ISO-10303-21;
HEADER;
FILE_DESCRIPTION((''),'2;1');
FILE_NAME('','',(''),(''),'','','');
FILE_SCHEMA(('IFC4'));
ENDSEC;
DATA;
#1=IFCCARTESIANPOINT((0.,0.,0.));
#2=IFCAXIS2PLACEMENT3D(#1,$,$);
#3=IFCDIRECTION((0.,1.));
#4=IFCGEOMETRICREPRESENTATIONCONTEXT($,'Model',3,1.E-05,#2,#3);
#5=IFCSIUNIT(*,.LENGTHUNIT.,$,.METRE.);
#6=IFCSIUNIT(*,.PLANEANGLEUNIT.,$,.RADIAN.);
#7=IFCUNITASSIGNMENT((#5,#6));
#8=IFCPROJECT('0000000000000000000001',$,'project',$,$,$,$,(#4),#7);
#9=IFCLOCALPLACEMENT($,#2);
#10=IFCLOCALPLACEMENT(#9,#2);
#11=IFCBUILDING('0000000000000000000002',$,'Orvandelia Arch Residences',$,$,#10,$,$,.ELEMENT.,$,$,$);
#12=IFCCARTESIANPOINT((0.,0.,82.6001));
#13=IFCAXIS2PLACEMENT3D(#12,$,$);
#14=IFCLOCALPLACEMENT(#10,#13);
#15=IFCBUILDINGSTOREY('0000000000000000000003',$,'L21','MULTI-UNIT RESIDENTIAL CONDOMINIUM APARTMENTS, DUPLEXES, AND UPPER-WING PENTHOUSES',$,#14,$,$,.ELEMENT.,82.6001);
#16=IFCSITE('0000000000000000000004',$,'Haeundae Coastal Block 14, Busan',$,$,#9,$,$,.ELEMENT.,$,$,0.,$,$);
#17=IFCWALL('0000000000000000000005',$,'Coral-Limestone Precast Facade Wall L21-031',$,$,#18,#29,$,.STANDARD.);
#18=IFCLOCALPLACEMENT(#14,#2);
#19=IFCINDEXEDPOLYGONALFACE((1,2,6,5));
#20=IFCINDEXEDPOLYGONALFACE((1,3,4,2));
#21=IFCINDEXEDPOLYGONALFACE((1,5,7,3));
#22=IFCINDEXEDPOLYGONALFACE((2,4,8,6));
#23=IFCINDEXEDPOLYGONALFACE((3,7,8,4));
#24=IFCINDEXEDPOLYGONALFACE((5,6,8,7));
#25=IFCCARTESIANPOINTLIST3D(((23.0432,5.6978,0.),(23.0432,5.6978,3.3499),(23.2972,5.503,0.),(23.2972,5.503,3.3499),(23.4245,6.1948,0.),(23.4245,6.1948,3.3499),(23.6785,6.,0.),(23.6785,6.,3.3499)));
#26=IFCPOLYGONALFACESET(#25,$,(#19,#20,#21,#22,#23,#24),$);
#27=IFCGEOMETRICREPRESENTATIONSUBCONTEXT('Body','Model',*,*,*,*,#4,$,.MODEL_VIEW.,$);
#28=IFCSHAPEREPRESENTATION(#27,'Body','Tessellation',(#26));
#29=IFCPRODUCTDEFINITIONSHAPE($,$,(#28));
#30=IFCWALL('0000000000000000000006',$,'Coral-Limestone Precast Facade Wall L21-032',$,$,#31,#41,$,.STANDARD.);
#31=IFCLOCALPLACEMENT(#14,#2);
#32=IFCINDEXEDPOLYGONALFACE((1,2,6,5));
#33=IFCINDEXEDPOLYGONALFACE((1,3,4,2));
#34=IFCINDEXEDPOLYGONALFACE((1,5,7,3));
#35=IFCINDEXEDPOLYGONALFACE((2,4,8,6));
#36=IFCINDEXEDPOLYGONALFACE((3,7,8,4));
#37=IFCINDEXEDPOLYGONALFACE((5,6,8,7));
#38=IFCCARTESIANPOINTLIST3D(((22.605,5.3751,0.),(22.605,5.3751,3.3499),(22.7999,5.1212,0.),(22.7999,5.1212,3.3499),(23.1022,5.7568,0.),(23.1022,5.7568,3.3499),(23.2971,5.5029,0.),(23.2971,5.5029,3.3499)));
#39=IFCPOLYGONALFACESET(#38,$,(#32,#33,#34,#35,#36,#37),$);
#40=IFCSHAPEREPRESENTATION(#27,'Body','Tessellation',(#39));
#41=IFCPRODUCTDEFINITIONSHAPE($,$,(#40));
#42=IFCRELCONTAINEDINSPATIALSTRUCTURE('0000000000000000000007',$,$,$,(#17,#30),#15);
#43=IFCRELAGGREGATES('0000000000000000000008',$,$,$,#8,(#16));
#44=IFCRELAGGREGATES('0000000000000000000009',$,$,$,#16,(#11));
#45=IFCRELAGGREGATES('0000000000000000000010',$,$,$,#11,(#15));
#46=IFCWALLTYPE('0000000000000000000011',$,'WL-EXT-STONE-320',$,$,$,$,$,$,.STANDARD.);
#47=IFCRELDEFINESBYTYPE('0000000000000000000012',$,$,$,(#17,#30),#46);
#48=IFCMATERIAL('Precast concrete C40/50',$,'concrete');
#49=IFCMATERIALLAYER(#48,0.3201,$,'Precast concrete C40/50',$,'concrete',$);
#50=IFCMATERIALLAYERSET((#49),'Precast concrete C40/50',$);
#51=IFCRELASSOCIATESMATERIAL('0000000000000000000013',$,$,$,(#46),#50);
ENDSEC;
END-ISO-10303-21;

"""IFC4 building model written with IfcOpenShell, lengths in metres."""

from ifc_helpers import new_model, si_unit, direction, frame, frame_2d, origin, place, context, subcontext, project, spatial, rectangle, extrude, material, layer, layer_set, type_object, element, save


model = new_model("IFC4")

# Units and contexts
model_context = context("Model", 3, precision=1e-05, world=origin(), true_north=direction((0.0, 1.0)))
body_context = subcontext(model_context, "Body", "Model", "MODEL_VIEW")
ifc_project = project(units=[si_unit("LENGTHUNIT", "METRE"), si_unit("PLANEANGLEUNIT", "RADIAN")], contexts=[model_context])

# Site, building, storey
site_placement = place(None, origin())
site = spatial("IfcSite", under=ifc_project, at=site_placement, Name="Haeundae Coastal Block 14, Busan", CompositionType="ELEMENT", RefElevation=0.0)
building_placement = place(site_placement, origin())
building = spatial("IfcBuilding", under=site, at=building_placement, Name="Orvandelia Arch Residences", CompositionType="ELEMENT")
storey_placement = place(building_placement, frame((0.0, 0.0, 82.6001)))
storey = spatial("IfcBuildingStorey", under=building, at=storey_placement, Name="L21", Description="MULTI-UNIT RESIDENTIAL CONDOMINIUM APARTMENTS, DUPLEXES, AND UPPER-WING PENTHOUSES", CompositionType="ELEMENT", Elevation=82.6001)

# Shared definitions
ifc_material_1 = material(Name="Precast concrete C40/50", Category="concrete")
ifc_layer = layer(ifc_material_1, 0.3201, Name="Precast concrete C40/50", Category="concrete")
ifc_layer_set = layer_set([ifc_layer], Name="Precast concrete C40/50")
wall_type = type_object("IfcWallType", Name="WL-EXT-STONE-320", PredefinedType="STANDARD", material=ifc_layer_set)

# Walls
wall_1_placement = place(storey_placement, frame((23.5515, 6.0974, 0.0), z_axis=(0.0, 0.0, 1.0), x_axis=(-0.608693, -0.793406, 0.0)))
element("IfcWall", 1, at=wall_1_placement, inside=storey, type_object=wall_type, Name="Coral-Limestone Precast Facade Wall L21-031", PredefinedType="STANDARD", context=body_context, shape_type="SweptSolid", body=[
    extrude(rectangle(XDim=0.6265, YDim=0.3201, at=frame_2d((0.3132, 0.0))), origin(), (0.0, 0.0, 1.0), 3.3499),
])
wall_2_placement = place(storey_placement, frame((23.1997, 5.6299, 0.0), z_axis=(0.0, 0.0, 1.0), x_axis=(-0.793217, -0.608939, 0.0)))
element("IfcWall", 2, at=wall_2_placement, inside=storey, type_object=wall_type, Name="Coral-Limestone Precast Facade Wall L21-032", PredefinedType="STANDARD", context=body_context, shape_type="SweptSolid", body=[
    extrude(rectangle(XDim=0.6267, YDim=0.3201, at=frame_2d((0.3135, 0.0))), origin(), (0.0, 0.0, 1.0), 3.3499),
])

save(model, "model.ifc")
